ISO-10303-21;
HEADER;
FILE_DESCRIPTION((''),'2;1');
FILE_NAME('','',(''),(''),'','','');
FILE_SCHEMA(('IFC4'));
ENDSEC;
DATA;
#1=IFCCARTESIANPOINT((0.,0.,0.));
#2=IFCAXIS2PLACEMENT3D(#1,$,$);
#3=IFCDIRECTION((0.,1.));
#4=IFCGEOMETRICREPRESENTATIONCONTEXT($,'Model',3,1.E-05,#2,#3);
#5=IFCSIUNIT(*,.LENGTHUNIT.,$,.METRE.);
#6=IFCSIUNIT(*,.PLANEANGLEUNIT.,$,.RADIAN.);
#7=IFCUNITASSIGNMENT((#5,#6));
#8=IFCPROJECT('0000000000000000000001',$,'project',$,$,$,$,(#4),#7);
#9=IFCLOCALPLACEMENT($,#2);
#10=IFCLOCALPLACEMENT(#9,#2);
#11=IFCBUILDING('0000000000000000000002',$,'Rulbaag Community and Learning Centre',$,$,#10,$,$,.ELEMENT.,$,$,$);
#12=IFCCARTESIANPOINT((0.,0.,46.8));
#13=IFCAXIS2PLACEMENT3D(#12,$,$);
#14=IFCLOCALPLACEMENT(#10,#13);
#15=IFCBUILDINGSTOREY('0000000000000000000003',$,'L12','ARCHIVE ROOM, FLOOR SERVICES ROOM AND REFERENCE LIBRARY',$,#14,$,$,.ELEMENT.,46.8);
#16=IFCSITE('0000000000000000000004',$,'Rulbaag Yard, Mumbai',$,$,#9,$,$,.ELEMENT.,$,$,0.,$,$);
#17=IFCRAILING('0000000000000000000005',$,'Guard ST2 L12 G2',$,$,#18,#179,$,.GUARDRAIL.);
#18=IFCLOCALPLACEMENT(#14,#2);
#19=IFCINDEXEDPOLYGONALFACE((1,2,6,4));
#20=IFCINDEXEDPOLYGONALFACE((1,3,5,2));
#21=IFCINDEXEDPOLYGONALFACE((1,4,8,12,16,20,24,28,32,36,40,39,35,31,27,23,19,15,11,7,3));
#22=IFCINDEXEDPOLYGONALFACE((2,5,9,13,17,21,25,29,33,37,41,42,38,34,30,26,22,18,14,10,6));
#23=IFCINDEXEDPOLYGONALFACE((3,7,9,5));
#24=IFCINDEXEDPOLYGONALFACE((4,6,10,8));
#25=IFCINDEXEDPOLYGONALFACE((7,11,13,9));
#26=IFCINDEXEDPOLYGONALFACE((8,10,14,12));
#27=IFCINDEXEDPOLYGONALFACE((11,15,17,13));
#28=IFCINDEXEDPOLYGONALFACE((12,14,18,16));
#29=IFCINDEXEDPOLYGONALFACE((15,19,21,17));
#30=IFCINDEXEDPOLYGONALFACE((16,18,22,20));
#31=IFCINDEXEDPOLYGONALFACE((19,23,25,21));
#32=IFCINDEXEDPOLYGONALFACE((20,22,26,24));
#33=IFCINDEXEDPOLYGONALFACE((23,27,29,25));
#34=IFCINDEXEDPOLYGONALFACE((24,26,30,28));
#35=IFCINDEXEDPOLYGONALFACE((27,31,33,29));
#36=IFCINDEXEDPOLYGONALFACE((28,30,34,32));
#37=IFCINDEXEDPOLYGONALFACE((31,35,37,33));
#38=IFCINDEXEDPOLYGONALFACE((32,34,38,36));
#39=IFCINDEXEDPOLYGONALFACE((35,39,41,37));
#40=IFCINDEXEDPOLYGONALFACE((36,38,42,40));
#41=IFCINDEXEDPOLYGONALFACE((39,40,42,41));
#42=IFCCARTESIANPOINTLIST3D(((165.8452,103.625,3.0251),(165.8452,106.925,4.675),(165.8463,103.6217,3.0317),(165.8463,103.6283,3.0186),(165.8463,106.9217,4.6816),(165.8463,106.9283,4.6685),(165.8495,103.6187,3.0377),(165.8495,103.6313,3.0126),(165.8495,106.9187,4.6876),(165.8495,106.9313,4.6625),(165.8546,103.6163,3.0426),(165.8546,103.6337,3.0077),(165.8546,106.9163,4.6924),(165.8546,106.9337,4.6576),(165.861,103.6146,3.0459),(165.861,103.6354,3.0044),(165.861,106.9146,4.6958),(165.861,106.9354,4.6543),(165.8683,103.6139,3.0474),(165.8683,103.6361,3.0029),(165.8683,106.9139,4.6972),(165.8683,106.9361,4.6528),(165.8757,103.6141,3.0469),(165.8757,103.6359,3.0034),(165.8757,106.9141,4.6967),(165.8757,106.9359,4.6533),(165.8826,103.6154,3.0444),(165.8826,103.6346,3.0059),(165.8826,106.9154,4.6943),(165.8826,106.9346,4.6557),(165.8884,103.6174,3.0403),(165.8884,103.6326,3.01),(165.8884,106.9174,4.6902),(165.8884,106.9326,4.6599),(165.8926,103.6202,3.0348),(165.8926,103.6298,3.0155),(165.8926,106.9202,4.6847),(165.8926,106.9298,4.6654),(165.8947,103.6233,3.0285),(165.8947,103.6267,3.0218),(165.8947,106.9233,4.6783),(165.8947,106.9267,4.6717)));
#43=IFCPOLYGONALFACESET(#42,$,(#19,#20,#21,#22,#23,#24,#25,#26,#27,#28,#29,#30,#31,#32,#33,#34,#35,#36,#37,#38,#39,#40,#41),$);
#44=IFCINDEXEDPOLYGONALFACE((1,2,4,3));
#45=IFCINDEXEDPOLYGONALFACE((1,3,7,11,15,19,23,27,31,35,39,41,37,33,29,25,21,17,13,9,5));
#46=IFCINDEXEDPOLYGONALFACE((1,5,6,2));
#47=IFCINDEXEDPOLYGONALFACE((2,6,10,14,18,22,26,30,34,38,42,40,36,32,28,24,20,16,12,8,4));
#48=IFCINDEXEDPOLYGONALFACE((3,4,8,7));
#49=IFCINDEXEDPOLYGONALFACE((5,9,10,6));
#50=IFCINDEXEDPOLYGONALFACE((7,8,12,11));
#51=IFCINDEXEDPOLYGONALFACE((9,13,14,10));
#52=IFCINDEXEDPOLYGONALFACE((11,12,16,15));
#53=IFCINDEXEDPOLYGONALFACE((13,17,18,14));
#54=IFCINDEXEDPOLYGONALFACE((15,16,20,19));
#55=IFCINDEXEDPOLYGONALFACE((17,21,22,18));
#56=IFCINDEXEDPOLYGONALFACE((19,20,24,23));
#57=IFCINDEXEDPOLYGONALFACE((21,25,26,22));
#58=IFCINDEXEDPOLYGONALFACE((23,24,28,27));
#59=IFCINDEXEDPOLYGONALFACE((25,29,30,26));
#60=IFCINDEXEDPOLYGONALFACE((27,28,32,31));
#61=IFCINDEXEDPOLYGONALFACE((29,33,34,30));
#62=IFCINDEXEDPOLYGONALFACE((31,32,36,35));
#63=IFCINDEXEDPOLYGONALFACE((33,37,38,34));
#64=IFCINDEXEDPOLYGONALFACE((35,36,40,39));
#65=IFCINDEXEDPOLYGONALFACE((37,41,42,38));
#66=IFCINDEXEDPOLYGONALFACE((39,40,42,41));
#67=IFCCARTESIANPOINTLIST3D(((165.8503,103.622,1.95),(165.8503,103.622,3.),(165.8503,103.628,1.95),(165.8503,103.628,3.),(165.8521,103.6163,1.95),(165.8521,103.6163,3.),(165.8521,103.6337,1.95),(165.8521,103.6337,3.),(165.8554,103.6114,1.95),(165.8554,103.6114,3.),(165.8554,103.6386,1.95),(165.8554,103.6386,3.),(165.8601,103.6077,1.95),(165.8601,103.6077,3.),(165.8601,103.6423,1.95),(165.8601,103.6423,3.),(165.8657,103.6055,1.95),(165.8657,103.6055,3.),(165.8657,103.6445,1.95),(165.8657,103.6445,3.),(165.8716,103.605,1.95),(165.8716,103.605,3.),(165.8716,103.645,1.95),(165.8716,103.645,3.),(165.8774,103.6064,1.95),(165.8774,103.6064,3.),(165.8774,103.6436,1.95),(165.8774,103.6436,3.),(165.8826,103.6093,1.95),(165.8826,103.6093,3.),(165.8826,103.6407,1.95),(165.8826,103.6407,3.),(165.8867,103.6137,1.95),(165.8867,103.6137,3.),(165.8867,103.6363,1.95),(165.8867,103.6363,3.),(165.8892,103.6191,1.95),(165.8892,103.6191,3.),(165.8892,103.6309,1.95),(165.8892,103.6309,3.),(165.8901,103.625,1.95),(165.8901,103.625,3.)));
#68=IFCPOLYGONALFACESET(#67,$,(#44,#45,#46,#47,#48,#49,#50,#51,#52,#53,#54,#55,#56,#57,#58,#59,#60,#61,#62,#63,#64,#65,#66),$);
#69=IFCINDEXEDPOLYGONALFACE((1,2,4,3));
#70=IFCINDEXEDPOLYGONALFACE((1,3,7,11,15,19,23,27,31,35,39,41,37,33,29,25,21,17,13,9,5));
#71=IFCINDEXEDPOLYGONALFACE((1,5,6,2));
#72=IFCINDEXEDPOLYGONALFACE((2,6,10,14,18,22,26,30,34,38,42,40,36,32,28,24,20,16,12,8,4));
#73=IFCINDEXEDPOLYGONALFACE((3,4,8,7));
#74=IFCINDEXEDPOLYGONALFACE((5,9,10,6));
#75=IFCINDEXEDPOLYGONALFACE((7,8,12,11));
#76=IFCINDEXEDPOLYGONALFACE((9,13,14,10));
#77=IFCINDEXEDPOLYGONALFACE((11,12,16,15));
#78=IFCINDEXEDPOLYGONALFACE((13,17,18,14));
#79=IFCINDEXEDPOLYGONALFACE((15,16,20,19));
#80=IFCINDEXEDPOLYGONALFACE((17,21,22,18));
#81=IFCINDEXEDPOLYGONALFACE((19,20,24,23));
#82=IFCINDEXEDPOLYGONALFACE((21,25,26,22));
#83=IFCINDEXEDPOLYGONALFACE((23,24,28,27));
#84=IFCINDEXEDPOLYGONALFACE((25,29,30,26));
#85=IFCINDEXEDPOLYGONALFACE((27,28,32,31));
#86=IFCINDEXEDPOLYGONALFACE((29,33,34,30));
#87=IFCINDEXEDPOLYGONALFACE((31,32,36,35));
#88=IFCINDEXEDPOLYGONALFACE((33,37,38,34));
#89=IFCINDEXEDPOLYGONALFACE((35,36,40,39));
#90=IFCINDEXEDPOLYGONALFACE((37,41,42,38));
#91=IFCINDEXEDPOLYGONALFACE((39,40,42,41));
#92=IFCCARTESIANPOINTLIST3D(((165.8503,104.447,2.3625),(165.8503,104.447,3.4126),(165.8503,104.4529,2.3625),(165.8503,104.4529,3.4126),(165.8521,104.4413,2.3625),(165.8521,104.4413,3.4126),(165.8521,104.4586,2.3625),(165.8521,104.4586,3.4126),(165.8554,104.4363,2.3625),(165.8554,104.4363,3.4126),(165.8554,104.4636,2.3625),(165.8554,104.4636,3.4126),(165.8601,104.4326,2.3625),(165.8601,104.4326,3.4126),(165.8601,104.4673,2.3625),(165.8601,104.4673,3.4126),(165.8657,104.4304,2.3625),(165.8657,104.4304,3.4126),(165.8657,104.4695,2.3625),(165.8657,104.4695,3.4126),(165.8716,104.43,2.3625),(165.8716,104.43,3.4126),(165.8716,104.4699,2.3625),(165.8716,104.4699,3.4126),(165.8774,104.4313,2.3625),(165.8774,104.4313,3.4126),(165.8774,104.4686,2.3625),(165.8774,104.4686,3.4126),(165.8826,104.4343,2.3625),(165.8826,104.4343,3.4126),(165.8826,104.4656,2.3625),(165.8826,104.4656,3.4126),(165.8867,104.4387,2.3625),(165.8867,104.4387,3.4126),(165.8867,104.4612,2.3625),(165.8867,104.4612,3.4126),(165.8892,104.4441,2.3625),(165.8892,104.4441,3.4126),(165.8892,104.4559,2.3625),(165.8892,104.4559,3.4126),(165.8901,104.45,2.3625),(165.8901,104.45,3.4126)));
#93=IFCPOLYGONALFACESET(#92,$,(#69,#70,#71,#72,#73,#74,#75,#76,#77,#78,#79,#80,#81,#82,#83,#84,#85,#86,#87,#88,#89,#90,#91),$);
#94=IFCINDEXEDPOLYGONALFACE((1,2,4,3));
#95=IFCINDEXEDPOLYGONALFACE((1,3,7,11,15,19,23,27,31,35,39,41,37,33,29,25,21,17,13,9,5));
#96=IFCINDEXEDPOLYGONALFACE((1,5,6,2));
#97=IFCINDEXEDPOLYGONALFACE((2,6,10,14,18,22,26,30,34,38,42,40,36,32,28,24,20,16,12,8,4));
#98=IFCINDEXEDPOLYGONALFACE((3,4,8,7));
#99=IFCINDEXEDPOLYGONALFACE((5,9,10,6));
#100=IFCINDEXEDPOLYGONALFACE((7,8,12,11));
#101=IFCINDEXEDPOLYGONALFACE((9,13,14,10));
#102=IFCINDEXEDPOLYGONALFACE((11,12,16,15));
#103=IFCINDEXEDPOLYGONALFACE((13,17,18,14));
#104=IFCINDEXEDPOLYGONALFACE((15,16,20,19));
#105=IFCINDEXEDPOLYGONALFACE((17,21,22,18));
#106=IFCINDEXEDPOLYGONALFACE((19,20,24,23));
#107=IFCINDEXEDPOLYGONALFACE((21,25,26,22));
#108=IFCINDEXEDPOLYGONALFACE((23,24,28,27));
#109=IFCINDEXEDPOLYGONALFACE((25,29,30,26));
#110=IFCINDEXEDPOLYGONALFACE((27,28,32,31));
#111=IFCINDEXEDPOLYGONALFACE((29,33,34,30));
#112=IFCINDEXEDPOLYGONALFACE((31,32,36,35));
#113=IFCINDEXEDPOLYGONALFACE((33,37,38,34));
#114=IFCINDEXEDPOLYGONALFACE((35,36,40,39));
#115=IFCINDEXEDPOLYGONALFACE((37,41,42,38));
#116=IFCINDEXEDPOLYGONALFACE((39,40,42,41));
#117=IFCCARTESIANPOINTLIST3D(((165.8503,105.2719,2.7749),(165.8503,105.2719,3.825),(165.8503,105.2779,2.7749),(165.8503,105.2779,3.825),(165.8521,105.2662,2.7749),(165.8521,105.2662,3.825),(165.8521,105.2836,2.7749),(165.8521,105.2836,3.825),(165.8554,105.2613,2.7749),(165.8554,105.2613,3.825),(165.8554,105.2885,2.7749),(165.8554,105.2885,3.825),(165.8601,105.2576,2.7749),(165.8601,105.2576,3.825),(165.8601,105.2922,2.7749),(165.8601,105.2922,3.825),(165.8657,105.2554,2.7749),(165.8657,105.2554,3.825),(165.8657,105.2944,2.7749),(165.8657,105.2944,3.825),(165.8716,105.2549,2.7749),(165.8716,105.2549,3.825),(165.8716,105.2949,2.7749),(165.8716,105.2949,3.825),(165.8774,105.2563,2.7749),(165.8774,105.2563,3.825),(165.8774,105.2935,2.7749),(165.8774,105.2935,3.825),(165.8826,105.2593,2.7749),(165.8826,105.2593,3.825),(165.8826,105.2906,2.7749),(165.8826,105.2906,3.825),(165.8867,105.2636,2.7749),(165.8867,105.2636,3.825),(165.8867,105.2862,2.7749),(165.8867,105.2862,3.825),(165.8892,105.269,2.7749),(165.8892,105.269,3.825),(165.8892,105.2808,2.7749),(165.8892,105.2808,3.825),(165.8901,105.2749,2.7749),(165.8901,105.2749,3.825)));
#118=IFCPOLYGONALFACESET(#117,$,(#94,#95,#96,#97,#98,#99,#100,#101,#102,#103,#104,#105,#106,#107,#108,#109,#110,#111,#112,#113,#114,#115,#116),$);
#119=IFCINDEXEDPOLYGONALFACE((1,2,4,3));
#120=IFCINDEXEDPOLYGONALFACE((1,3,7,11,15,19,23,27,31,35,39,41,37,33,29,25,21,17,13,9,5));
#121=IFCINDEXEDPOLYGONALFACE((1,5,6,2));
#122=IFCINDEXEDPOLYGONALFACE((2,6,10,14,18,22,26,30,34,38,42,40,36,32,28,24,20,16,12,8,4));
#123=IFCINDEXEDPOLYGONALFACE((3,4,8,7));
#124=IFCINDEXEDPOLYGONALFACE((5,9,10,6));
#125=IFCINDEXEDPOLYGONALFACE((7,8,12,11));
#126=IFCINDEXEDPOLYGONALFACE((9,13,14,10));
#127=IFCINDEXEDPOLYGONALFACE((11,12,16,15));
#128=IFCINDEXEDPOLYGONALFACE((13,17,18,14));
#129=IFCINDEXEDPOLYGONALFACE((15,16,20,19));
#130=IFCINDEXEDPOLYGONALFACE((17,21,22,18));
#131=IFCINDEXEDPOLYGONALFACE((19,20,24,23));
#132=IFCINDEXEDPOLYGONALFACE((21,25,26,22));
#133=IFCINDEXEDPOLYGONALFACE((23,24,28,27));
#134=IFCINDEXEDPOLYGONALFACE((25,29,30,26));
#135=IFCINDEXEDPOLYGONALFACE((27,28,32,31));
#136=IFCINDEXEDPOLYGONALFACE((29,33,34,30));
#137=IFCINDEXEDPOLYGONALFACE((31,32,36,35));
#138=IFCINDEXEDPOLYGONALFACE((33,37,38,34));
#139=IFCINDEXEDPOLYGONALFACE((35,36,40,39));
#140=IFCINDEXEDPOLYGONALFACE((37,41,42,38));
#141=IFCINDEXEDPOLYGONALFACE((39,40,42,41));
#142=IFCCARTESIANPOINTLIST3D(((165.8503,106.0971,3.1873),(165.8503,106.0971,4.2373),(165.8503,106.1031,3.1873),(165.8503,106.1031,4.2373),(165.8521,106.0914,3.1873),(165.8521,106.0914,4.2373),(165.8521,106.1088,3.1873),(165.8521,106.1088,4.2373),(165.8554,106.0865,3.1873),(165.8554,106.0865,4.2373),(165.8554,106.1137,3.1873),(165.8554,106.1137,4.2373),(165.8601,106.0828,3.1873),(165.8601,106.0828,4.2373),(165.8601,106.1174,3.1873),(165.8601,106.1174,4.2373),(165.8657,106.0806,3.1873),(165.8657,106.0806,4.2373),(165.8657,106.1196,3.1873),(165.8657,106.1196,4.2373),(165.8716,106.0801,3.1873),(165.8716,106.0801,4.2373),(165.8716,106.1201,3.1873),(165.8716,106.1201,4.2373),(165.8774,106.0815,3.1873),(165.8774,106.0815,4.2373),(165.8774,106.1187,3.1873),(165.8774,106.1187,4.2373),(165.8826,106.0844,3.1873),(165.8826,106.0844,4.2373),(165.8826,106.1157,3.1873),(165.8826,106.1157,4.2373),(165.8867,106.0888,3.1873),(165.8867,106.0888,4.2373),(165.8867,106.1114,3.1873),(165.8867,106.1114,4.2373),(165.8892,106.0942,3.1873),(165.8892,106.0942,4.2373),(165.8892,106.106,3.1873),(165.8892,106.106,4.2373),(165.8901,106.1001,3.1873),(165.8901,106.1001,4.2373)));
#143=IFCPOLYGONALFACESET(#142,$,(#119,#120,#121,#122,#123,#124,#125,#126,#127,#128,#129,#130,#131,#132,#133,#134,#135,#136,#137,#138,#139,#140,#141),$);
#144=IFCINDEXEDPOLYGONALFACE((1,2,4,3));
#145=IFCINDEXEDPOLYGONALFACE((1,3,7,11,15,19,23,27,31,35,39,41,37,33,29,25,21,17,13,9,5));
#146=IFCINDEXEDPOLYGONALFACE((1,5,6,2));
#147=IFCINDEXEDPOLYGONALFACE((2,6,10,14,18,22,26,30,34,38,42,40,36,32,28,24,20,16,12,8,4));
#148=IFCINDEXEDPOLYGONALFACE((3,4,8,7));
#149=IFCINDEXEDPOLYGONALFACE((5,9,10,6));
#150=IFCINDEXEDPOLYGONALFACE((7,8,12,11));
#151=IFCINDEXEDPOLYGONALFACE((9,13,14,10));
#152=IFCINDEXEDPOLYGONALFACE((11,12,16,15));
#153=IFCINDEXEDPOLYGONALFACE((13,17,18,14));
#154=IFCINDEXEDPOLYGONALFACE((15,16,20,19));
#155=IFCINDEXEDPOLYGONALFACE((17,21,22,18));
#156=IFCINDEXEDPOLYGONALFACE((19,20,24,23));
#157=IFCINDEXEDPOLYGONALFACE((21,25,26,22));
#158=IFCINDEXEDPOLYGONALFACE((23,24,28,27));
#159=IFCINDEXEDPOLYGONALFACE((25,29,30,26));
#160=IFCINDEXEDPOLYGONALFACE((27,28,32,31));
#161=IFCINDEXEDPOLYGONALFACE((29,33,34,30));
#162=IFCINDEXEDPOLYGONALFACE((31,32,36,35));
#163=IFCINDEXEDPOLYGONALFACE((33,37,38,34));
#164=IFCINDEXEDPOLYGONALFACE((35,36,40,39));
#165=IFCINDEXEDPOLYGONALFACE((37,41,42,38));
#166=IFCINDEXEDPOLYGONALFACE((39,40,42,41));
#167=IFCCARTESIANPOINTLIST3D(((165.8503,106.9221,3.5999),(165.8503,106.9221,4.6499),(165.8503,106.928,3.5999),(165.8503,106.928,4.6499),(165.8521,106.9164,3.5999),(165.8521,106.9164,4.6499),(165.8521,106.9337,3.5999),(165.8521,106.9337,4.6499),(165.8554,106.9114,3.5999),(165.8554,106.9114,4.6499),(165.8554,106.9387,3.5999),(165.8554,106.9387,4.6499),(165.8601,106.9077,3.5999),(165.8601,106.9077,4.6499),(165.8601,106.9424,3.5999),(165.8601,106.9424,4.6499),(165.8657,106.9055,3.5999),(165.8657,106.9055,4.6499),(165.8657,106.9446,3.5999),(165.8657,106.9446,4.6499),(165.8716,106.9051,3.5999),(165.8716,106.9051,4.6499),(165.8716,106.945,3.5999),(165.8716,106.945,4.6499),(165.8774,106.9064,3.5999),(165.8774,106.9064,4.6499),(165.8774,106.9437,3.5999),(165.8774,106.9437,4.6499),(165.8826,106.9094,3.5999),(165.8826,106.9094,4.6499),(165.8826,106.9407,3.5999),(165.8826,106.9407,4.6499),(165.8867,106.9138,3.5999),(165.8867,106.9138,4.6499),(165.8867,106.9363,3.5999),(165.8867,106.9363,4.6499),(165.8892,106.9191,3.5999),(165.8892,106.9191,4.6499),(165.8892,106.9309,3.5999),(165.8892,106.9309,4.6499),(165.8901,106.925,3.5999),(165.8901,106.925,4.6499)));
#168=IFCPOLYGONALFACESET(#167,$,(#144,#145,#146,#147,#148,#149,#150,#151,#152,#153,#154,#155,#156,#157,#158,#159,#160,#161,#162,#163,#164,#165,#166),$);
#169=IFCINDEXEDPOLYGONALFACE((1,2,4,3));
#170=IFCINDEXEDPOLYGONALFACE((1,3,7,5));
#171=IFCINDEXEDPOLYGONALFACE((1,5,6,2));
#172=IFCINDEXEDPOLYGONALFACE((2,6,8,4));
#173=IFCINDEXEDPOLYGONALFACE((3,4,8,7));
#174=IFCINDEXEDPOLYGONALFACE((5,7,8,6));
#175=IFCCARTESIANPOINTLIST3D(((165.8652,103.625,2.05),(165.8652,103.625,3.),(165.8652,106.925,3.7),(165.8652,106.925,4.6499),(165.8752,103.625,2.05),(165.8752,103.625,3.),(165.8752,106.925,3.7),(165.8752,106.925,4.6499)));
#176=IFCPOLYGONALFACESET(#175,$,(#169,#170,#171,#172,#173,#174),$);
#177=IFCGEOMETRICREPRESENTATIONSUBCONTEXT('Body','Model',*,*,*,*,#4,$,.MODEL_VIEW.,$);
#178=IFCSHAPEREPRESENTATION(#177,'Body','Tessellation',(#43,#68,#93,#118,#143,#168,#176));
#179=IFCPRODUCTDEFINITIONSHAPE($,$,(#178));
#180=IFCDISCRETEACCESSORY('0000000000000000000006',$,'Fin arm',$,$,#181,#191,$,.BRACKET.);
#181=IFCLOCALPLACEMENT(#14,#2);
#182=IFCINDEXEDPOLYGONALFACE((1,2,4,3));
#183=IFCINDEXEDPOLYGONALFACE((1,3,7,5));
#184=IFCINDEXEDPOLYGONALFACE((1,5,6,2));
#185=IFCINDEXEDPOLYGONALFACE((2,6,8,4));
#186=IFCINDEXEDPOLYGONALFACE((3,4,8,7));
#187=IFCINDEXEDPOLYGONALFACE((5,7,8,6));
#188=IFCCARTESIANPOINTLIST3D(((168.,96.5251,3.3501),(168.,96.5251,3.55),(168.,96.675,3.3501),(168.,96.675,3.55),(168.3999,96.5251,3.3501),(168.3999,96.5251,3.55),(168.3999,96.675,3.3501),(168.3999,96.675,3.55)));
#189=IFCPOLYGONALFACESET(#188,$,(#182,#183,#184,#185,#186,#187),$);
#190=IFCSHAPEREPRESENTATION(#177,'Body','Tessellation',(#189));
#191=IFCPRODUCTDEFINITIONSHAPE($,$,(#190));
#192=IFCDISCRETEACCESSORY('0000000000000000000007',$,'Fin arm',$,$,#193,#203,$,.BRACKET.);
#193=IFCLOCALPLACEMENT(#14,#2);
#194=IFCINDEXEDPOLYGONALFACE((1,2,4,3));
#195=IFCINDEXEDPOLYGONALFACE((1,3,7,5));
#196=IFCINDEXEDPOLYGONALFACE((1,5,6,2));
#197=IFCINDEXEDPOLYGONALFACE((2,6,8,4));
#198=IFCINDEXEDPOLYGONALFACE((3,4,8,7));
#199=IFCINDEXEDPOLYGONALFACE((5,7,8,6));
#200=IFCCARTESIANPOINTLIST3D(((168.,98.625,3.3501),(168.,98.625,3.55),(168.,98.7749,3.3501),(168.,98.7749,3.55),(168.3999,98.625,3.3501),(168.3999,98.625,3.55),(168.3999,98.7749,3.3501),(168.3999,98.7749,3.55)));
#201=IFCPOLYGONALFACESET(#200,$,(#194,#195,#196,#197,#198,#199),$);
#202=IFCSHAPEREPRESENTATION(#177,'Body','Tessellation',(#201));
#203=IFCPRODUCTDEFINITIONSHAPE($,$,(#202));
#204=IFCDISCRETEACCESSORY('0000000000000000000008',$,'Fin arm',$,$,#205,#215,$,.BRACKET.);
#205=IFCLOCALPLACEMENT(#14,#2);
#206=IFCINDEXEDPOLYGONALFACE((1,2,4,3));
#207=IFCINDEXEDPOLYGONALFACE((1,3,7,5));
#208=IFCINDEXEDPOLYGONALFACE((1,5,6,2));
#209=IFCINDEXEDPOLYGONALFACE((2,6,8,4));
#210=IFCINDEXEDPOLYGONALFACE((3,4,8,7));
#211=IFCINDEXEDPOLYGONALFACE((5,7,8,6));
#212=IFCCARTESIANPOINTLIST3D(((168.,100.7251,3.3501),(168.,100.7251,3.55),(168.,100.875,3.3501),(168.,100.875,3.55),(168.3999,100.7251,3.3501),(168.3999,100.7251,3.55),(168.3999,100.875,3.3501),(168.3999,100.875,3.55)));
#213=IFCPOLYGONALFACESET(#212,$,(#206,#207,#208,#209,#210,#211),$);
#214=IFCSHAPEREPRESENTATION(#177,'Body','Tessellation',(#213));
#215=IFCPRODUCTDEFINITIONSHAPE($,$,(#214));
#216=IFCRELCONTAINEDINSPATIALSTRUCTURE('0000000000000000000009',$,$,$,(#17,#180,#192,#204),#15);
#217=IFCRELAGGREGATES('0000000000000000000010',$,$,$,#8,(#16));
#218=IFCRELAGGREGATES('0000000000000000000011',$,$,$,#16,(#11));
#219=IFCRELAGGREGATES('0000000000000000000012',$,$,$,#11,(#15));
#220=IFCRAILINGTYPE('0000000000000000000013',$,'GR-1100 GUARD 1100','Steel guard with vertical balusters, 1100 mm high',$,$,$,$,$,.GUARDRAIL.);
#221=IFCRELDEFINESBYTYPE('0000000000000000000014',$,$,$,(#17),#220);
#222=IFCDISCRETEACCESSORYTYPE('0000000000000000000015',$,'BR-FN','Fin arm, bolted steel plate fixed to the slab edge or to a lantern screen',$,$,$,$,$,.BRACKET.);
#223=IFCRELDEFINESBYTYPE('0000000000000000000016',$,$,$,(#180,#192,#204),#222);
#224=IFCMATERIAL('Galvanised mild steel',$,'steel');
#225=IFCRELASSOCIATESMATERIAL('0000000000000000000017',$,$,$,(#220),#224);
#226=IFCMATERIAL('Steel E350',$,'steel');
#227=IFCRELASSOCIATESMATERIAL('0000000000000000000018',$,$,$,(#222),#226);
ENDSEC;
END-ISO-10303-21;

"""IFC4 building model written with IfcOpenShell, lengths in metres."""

from ifc_helpers import new_model, si_unit, direction, frame, origin, origin_2d, place, context, subcontext, project, spatial, polyline, rectangle, circle, outline, extrude, material, type_object, element, save


model = new_model("IFC4")

# Units and contexts
model_context = context("Model", 3, precision=1e-05, world=origin(), true_north=direction((0.0, 1.0)))
body_context = subcontext(model_context, "Body", "Model", "MODEL_VIEW")
ifc_project = project(units=[si_unit("LENGTHUNIT", "METRE"), si_unit("PLANEANGLEUNIT", "RADIAN")], contexts=[model_context])

# Site, building, storey
site_placement = place(None, origin())
site = spatial("IfcSite", under=ifc_project, at=site_placement, Name="Rulbaag Yard, Mumbai", CompositionType="ELEMENT", RefElevation=0.0)
building_placement = place(site_placement, origin())
building = spatial("IfcBuilding", under=site, at=building_placement, Name="Rulbaag Community and Learning Centre", CompositionType="ELEMENT")
storey_placement = place(building_placement, frame((0.0, 0.0, 46.8)))
storey = spatial("IfcBuildingStorey", under=building, at=storey_placement, Name="L12", Description="ARCHIVE ROOM, FLOOR SERVICES ROOM AND REFERENCE LIBRARY", CompositionType="ELEMENT", Elevation=46.8)

# Railing
ifc_material_1 = material(Name="Galvanised mild steel", Category="steel")
railing_type_1 = type_object("IfcRailingType", Name="GR-1100 GUARD 1100", Description="Steel guard with vertical balusters, 1100 mm high", PredefinedType="GUARDRAIL", material=ifc_material_1)
railing_1_placement = place(storey_placement, frame((165.8701, 103.625, 1.95)))
element("IfcRailing", 1, at=railing_1_placement, inside=storey, type_object=railing_type_1, Name="Guard ST2 L12 G2", PredefinedType="GUARDRAIL", context=body_context, shape_type="SweptSolid", body=[
    extrude(circle(Radius=0.0249, at=origin_2d()), frame((0.0, 0.0, 1.0752), z_axis=(0.0, 0.89444, 0.447187), x_axis=(-1.0, 0.0, 0.0)), (0.0, 0.0, 1.0), 3.6895),
    extrude(circle(Radius=0.02, at=origin_2d()), origin(), (0.0, 0.0, 1.0), 1.05),
    extrude(circle(Radius=0.02, at=origin_2d()), frame((0.0, 0.825, 0.4126)), (0.0, 0.0, 1.0), 1.05),
    extrude(circle(Radius=0.02, at=origin_2d()), frame((0.0, 1.6499, 0.825)), (0.0, 0.0, 1.0), 1.05),
    extrude(circle(Radius=0.02, at=origin_2d()), frame((0.0, 2.4751, 1.2373)), (0.0, 0.0, 1.0), 1.05),
    extrude(circle(Radius=0.02, at=origin_2d()), frame((0.0, 3.3, 1.6499)), (0.0, 0.0, 1.0), 1.05),
    extrude(outline(polyline([(0.0, 0.0), (3.3, 1.6499), (3.3, 2.5999), (0.0, 0.95), (0.0, 0.0)])), frame((-0.0049, 0.0, 0.1001), z_axis=(1.0, 0.0, 0.0), x_axis=(0.0, 1.0, 0.0)), (0.0, 0.0, 1.0), 0.01),
])

# Discrete accessories
ifc_material_2 = material(Name="Steel E350", Category="steel")
discrete_accessory_type = type_object("IfcDiscreteAccessoryType", Name="BR-FN", Description="Fin arm, bolted steel plate fixed to the slab edge or to a lantern screen", PredefinedType="BRACKET", material=ifc_material_2)
for number, where, z_axis, x_axis, name in (
    (2, (168.2, 96.6001, 3.3501), (0.0, 0.0, 1.0), (1.0, 0.0, 0.0), "Fin arm"),
    (3, (168.2, 98.7, 3.3501), (0.0, 0.0, 1.0), (1.0, 0.0, 0.0), "Fin arm"),
    (4, (168.2, 100.8, 3.3501), (0.0, 0.0, 1.0), (1.0, 0.0, 0.0), "Fin arm"),
):
    element("IfcDiscreteAccessory", number, at=place(storey_placement, frame(where, z_axis=z_axis, x_axis=x_axis)), inside=storey, type_object=discrete_accessory_type, Name=name, PredefinedType="BRACKET", context=body_context, shape_type="SweptSolid", body=[
        extrude(rectangle(XDim=0.3999, YDim=0.1499, at=origin_2d()), origin(), (0.0, 0.0, 1.0), 0.2),
    ])

save(model, "model.ifc")
